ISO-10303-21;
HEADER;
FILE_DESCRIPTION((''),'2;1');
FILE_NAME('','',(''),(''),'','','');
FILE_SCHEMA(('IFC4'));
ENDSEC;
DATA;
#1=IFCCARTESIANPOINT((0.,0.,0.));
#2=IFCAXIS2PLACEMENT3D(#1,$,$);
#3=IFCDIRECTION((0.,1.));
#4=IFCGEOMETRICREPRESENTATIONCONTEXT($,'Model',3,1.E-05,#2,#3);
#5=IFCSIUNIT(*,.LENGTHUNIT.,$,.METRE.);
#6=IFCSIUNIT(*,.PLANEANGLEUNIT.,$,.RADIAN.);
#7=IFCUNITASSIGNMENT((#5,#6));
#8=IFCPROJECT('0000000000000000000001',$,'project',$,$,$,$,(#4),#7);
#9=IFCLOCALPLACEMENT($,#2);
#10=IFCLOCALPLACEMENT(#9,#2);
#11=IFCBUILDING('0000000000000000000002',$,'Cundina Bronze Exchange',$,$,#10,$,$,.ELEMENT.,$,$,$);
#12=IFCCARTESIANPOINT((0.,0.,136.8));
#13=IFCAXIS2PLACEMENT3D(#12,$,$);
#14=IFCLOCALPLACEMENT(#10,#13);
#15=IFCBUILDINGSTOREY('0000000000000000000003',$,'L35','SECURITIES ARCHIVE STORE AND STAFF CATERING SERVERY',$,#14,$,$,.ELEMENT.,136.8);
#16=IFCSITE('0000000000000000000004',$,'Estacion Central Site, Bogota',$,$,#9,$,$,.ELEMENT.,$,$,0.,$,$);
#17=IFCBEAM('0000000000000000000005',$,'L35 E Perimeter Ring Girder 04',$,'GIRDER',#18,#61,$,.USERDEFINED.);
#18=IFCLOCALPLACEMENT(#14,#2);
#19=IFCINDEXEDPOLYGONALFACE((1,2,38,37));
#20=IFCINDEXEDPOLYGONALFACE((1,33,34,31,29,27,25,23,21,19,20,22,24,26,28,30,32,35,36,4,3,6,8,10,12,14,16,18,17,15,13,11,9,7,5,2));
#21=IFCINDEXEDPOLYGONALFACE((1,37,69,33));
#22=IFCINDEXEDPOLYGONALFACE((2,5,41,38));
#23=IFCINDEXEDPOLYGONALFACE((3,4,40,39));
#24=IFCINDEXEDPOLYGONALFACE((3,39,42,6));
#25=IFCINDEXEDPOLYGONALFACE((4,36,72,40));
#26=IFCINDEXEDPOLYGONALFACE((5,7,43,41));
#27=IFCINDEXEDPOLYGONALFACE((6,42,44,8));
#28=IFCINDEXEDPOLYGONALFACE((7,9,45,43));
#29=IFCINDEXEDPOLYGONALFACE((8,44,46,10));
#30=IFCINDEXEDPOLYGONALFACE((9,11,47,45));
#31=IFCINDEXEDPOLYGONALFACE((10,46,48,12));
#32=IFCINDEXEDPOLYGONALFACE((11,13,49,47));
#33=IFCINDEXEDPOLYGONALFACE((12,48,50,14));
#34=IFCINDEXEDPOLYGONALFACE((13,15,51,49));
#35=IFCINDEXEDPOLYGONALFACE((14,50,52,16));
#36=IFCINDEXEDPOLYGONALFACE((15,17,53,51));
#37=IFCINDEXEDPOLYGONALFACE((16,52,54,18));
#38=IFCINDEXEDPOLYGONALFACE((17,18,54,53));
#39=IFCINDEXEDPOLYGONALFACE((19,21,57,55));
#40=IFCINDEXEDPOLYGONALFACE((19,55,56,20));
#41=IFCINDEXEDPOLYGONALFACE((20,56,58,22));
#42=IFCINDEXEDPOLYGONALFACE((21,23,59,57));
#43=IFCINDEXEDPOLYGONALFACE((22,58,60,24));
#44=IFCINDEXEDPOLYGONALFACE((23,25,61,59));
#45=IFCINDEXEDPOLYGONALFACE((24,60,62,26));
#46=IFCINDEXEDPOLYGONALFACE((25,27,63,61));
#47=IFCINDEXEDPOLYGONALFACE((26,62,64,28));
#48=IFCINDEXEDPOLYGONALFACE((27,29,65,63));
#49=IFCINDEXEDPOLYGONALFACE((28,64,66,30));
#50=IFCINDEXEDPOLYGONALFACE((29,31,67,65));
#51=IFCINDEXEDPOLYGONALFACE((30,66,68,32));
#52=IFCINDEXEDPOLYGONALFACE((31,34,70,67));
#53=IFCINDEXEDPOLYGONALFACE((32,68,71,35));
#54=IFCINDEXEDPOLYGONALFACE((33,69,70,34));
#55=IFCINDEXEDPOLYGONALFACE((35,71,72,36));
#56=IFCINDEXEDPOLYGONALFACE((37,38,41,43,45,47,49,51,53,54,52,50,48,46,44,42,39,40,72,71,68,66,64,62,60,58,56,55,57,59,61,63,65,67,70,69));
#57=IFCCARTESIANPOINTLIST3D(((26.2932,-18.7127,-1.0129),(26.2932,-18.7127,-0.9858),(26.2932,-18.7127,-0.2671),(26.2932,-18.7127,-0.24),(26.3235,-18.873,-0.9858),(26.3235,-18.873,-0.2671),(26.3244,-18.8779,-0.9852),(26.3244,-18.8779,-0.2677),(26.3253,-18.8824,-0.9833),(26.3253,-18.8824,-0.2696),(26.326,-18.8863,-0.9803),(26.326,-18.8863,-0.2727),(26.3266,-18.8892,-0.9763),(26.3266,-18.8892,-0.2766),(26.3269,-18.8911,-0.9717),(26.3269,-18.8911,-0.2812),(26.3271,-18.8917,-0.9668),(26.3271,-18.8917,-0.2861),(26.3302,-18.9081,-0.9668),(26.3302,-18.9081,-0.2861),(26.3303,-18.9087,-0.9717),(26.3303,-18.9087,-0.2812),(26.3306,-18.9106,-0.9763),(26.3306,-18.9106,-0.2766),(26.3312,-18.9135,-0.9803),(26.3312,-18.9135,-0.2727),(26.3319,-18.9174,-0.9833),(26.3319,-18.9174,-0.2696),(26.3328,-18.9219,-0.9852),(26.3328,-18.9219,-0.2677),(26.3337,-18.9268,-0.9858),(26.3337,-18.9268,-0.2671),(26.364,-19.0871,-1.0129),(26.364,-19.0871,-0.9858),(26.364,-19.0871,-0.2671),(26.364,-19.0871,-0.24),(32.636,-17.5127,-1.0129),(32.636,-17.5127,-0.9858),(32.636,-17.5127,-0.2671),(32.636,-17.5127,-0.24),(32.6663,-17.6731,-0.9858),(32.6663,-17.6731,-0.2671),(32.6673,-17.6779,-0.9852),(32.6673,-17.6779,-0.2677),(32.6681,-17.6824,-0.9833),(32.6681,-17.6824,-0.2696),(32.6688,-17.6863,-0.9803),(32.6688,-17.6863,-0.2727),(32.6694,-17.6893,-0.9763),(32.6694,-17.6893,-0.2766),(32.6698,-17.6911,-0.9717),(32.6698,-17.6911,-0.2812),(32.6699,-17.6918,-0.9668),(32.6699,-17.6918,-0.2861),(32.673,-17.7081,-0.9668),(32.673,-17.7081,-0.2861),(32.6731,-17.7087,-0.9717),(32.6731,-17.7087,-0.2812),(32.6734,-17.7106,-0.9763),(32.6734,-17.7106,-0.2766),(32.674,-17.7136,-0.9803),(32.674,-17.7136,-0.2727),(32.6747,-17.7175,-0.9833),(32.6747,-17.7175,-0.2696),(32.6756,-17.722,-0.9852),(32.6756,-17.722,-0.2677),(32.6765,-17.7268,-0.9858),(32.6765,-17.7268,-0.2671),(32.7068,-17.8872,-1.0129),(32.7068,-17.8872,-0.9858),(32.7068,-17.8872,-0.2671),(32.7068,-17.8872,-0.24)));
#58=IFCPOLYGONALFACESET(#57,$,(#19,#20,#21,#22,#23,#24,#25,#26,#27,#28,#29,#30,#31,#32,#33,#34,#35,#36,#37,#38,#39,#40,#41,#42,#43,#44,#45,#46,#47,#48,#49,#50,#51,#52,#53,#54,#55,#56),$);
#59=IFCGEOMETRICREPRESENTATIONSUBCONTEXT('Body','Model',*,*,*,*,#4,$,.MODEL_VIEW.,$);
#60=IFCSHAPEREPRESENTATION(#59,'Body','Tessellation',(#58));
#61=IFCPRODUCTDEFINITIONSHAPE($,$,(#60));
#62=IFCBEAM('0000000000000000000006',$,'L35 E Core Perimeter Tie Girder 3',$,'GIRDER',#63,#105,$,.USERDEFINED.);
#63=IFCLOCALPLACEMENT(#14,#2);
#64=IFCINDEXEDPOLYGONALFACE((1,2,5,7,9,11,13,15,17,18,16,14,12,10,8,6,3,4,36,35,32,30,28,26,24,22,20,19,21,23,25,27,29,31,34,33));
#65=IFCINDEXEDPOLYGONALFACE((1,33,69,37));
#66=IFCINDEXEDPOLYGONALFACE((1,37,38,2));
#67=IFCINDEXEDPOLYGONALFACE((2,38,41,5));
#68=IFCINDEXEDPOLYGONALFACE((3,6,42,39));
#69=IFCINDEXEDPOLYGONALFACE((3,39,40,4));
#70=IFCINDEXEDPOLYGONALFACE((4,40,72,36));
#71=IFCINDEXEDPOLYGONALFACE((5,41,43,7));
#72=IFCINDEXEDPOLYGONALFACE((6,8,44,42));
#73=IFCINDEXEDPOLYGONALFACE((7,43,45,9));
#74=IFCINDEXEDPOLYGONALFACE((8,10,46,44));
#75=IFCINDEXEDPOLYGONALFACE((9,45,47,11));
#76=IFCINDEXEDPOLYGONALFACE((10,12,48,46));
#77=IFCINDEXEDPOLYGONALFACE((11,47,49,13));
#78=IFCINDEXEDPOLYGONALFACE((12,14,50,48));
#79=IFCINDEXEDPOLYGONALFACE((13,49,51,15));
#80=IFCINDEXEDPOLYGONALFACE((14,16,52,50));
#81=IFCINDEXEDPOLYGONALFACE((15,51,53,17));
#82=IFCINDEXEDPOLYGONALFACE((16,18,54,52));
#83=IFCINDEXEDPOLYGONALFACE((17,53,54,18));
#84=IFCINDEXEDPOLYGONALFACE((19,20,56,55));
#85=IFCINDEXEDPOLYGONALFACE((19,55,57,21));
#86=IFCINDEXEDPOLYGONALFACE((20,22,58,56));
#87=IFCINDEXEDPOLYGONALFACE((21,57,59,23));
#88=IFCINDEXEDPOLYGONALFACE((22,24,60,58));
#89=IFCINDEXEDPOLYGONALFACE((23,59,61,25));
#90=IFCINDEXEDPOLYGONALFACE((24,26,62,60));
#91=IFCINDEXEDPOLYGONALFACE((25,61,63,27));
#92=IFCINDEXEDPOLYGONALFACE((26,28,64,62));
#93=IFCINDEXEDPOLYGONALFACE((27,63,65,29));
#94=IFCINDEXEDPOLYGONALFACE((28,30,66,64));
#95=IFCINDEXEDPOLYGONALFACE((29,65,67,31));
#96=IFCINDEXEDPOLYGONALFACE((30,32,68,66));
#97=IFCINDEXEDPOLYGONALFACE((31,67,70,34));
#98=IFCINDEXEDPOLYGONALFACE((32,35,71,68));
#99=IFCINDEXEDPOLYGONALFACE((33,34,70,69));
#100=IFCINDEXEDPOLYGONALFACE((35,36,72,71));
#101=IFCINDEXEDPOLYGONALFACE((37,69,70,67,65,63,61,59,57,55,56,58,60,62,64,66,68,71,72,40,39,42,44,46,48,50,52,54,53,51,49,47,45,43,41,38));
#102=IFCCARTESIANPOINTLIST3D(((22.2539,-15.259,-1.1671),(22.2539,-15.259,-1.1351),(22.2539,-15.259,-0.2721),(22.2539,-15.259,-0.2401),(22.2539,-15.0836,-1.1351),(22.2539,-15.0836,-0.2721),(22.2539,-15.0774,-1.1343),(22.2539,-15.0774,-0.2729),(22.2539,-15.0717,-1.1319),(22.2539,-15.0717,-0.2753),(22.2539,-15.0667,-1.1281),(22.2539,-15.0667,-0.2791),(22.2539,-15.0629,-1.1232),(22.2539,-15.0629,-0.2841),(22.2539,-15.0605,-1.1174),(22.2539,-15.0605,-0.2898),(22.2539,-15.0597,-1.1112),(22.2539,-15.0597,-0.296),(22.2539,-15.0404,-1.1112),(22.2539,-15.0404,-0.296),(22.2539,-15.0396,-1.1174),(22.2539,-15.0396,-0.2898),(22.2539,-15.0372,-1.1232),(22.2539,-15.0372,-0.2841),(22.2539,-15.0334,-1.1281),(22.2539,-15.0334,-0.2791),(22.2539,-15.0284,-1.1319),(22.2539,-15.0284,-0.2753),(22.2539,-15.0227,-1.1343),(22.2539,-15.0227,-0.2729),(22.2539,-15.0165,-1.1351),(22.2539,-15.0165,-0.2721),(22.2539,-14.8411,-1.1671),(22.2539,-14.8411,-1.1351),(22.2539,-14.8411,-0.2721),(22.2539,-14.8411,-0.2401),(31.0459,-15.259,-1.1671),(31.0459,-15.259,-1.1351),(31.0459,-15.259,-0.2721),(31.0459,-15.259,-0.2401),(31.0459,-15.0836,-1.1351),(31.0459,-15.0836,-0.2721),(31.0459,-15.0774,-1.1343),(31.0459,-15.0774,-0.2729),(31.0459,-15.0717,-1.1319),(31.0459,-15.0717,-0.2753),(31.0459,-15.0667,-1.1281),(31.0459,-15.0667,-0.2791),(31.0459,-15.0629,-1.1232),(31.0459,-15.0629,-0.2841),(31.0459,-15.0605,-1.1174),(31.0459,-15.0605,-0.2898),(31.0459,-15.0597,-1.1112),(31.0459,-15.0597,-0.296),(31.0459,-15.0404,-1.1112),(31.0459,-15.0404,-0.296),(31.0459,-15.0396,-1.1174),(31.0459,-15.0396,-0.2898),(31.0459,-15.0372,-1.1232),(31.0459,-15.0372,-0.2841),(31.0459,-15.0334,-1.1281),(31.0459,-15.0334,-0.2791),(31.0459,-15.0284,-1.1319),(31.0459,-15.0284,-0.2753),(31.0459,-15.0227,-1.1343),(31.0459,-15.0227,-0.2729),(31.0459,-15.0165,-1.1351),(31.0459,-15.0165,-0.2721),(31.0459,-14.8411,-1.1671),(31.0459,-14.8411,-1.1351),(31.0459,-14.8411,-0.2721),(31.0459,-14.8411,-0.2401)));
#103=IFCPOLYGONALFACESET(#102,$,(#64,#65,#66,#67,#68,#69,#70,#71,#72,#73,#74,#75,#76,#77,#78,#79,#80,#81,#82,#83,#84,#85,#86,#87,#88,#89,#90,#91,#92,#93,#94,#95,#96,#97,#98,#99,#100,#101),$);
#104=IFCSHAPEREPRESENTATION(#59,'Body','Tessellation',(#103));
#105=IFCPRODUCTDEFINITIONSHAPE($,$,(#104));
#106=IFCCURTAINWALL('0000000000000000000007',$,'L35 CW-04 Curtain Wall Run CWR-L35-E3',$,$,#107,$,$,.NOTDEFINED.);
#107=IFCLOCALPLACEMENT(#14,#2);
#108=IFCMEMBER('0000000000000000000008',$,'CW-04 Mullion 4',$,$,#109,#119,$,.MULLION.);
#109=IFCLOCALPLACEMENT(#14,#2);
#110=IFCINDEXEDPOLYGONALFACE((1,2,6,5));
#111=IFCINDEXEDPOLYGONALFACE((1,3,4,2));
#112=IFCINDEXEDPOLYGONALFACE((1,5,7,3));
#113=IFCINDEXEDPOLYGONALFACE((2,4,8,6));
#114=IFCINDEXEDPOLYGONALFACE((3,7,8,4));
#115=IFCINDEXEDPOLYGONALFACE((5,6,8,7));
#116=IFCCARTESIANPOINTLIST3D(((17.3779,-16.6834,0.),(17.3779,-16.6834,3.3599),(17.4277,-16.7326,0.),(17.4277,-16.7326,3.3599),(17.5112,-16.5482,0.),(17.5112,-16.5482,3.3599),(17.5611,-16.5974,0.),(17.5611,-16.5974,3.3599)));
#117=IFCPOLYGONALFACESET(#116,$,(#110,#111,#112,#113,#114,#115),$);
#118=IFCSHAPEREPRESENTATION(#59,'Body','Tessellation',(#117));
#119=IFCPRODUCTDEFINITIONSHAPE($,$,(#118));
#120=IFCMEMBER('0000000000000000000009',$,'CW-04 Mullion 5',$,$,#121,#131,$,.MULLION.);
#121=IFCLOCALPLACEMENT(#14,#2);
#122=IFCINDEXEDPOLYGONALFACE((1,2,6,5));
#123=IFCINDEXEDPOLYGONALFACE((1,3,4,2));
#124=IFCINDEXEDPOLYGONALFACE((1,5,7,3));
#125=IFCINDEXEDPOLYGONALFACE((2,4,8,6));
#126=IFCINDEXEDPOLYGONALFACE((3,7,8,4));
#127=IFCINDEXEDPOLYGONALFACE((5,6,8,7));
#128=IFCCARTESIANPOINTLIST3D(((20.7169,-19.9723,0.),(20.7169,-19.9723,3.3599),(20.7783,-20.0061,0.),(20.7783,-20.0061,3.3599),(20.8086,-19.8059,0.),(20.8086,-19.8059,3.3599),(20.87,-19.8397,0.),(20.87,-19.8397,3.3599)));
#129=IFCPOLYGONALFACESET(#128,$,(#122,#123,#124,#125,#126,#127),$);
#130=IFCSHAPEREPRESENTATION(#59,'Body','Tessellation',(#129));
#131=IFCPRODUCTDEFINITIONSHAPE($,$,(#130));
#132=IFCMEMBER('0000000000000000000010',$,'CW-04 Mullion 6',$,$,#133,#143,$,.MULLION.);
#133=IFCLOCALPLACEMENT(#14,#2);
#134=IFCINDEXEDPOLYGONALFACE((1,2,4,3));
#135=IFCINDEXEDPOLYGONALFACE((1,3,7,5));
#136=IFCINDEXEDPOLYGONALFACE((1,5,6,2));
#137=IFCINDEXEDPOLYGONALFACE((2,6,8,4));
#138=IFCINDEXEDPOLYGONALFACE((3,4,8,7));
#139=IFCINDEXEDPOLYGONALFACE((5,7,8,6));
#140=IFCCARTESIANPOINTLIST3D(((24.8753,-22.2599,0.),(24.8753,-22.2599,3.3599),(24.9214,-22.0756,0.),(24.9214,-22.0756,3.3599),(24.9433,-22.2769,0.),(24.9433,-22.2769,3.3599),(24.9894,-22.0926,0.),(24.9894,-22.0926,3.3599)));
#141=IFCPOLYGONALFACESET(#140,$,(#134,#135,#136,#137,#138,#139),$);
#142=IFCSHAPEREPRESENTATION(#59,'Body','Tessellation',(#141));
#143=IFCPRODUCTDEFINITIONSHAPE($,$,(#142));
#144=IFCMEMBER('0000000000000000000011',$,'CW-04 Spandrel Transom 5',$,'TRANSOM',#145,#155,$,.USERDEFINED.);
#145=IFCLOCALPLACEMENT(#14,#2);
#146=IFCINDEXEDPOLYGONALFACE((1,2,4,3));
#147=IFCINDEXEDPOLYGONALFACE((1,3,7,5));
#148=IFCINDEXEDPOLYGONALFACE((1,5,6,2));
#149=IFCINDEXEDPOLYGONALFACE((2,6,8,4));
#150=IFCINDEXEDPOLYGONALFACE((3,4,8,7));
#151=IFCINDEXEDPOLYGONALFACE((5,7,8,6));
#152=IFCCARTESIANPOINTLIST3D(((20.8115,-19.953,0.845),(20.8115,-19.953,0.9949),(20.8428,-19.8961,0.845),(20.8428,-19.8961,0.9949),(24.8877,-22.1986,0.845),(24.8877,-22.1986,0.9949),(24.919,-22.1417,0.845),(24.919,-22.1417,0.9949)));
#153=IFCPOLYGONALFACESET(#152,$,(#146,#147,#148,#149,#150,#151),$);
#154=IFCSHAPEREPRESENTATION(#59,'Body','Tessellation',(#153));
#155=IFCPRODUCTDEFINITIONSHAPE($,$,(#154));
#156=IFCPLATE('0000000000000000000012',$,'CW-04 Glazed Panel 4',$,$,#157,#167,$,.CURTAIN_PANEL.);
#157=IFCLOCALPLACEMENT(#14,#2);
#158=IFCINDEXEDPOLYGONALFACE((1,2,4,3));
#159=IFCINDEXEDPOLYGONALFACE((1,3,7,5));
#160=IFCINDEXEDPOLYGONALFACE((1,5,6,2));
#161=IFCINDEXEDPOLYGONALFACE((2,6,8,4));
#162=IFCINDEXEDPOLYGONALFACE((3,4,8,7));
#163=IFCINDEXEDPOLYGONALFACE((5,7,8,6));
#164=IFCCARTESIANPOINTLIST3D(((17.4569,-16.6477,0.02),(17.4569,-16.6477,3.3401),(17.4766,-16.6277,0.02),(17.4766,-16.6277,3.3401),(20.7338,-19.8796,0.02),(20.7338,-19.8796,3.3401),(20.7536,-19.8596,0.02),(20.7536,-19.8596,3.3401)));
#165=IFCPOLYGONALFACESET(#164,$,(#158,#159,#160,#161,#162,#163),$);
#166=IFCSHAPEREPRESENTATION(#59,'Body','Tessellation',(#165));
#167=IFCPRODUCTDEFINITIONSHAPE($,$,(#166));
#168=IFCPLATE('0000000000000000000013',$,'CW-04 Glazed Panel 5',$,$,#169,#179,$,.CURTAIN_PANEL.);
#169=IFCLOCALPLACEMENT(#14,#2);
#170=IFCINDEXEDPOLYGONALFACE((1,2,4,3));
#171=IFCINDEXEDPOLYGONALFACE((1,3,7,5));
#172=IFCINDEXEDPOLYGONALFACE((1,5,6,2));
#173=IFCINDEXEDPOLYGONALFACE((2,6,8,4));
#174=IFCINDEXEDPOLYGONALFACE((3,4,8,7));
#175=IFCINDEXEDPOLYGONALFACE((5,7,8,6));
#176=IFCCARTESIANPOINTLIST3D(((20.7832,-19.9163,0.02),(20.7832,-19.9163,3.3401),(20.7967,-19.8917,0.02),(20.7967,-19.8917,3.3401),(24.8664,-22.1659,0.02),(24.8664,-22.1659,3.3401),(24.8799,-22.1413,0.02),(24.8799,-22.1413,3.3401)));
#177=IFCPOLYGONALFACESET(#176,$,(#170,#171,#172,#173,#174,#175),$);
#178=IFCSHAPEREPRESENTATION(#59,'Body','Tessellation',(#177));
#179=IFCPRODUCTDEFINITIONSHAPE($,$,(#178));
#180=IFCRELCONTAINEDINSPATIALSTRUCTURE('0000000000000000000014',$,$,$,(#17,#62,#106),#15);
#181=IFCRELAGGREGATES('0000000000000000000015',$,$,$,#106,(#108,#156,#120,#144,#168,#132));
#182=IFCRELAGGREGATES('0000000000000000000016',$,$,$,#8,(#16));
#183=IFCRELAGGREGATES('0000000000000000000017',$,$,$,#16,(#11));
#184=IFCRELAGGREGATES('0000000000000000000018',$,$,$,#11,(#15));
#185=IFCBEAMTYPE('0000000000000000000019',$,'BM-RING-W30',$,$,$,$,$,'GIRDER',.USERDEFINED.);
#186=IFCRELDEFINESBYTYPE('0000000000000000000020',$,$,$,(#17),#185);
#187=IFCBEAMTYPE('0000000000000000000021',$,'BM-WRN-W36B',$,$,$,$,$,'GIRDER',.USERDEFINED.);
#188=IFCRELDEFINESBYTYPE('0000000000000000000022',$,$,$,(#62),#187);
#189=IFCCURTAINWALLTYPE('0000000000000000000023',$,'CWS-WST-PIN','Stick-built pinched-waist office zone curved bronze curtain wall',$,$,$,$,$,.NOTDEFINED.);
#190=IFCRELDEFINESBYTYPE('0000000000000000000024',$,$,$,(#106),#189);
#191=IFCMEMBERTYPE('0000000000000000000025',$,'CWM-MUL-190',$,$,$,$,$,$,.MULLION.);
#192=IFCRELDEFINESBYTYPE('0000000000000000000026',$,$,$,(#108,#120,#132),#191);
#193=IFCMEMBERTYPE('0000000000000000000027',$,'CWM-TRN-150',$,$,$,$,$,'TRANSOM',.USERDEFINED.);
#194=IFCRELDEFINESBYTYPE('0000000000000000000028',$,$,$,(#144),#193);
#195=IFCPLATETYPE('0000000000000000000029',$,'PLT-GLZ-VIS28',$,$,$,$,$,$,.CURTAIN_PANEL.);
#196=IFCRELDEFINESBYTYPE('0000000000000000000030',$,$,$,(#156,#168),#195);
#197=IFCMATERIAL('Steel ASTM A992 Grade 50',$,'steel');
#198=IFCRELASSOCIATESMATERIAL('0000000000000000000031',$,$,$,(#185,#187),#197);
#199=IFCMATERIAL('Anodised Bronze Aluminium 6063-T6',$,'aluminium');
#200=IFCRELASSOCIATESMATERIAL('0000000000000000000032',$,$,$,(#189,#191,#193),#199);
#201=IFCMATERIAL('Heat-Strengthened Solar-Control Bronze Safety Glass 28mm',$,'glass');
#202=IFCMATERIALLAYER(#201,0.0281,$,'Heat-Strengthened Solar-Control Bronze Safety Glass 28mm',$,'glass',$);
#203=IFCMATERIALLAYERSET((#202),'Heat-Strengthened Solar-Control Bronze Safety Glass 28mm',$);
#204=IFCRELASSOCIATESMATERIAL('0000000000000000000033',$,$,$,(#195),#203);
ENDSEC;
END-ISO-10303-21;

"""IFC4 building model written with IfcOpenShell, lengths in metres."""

from ifc_helpers import new_model, si_unit, direction, frame, origin, origin_2d, place, context, subcontext, project, spatial, rectangle, i_section, extrude, material, layer, layer_set, material_profile, profile_set, type_object, element, aggregate, save


model = new_model("IFC4")

# Units and contexts
model_context = context("Model", 3, precision=1e-05, world=origin(), true_north=direction((0.0, 1.0)))
body_context = subcontext(model_context, "Body", "Model", "MODEL_VIEW")
ifc_project = project(units=[si_unit("LENGTHUNIT", "METRE"), si_unit("PLANEANGLEUNIT", "RADIAN")], contexts=[model_context])

# Site, building, storey
site_placement = place(None, origin())
site = spatial("IfcSite", under=ifc_project, at=site_placement, Name="Estacion Central Site, Bogota", CompositionType="ELEMENT", RefElevation=0.0)
building_placement = place(site_placement, origin())
building = spatial("IfcBuilding", under=site, at=building_placement, Name="Cundina Bronze Exchange", CompositionType="ELEMENT")
storey_placement = place(building_placement, frame((0.0, 0.0, 136.8)))
storey = spatial("IfcBuildingStorey", under=building, at=storey_placement, Name="L35", Description="SECURITIES ARCHIVE STORE AND STAFF CATERING SERVERY", CompositionType="ELEMENT", Elevation=136.8)

# Shared definitions
ifc_material_1 = material(Name="Steel ASTM A992 Grade 50", Category="steel")

# Beams
ifc_material_profile_1 = material_profile(ifc_material_1, i_section(OverallWidth=0.3811, OverallDepth=0.7729, WebThickness=0.0166, FlangeThickness=0.0271, FilletRadius=0.019, at=origin_2d()), Name="W30X173", Category="steel")
ifc_profile_set_1 = profile_set([ifc_material_profile_1], Name="Steel ASTM A992 Grade 50")
beam_type_1 = type_object("IfcBeamType", Name="BM-RING-W30", ElementType="GIRDER", PredefinedType="USERDEFINED", material=ifc_profile_set_1)
beam_1_placement = place(storey_placement, frame((26.3286, -18.8999, -0.6265), z_axis=(0.982571, 0.185887, 0.0), x_axis=(-0.185887, 0.982571, 0.0)))
element("IfcBeam", 1, at=beam_1_placement, inside=storey, type_object=beam_type_1, Name="L35 E Perimeter Ring Girder 04", ObjectType="GIRDER", PredefinedType="USERDEFINED", context=body_context, shape_type="SweptSolid", body=[
    extrude(i_section(OverallWidth=0.3811, OverallDepth=0.7729, WebThickness=0.0166, FlangeThickness=0.0271, FilletRadius=0.019, at=origin_2d()), origin(), (0.0, 0.0, 1.0), 6.4553),
])
ifc_material_profile_2 = material_profile(ifc_material_1, i_section(OverallWidth=0.418, OverallDepth=0.927, WebThickness=0.0193, FlangeThickness=0.032, FilletRadius=0.0239, at=origin_2d()), Name="W36X231", Category="steel")
ifc_profile_set_2 = profile_set([ifc_material_profile_2], Name="Steel ASTM A992 Grade 50")
beam_type_2 = type_object("IfcBeamType", Name="BM-WRN-W36B", ElementType="GIRDER", PredefinedType="USERDEFINED", material=ifc_profile_set_2)
beam_2_placement = place(storey_placement, frame((22.2539, -15.05, -0.7036), z_axis=(1.0, 0.0, 0.0), x_axis=(0.0, 1.0, 0.0)))
element("IfcBeam", 2, at=beam_2_placement, inside=storey, type_object=beam_type_2, Name="L35 E Core Perimeter Tie Girder 3", ObjectType="GIRDER", PredefinedType="USERDEFINED", context=body_context, shape_type="SweptSolid", body=[
    extrude(i_section(OverallWidth=0.418, OverallDepth=0.927, WebThickness=0.0193, FlangeThickness=0.032, FilletRadius=0.0239, at=origin_2d()), origin(), (0.0, 0.0, 1.0), 8.792),
])

# Curtain wall, members, plates
ifc_material_2 = material(Name="Anodised Bronze Aluminium 6063-T6", Category="aluminium")
curtain_wall_type = type_object("IfcCurtainWallType", Name="CWS-WST-PIN", Description="Stick-built pinched-waist office zone curved bronze curtain wall", PredefinedType="NOTDEFINED", material=ifc_material_2)
curtain_wall_placement = place(storey_placement, origin())
curtain_wall = element("IfcCurtainWall", 3, at=curtain_wall_placement, inside=storey, type_object=curtain_wall_type, Name="L35 CW-04 Curtain Wall Run CWR-L35-E3", PredefinedType="NOTDEFINED")
ifc_material_profile_3 = material_profile(ifc_material_2, rectangle(XDim=0.0701, YDim=0.1899, at=origin_2d()), Name="AL70X190", Category="aluminium")
ifc_profile_set_3 = profile_set([ifc_material_profile_3], Name="Anodised Bronze Aluminium 6063-T6")
member_type_1 = type_object("IfcMemberType", Name="CWM-MUL-190", PredefinedType="MULLION", material=ifc_profile_set_3)
member_1_placement = place(storey_placement, frame((17.4695, -16.6404, 0.0), z_axis=(0.0, 0.0, 1.0), x_axis=(0.712026, -0.702153, 0.0)))
member_1 = element("IfcMember", 4, at=member_1_placement, type_object=member_type_1, Name="CW-04 Mullion 4", PredefinedType="MULLION", context=body_context, shape_type="SweptSolid", body=[
    extrude(rectangle(XDim=0.0701, YDim=0.1899, at=origin_2d()), origin(), (0.0, 0.0, 1.0), 3.3599),
])
member_2_placement = place(storey_placement, frame((20.7935, -19.906, 0.0), z_axis=(0.0, 0.0, 1.0), x_axis=(0.875886, -0.482518, 0.0)))
member_2 = element("IfcMember", 5, at=member_2_placement, type_object=member_type_1, Name="CW-04 Mullion 5", PredefinedType="MULLION", context=body_context, shape_type="SweptSolid", body=[
    extrude(rectangle(XDim=0.0701, YDim=0.1899, at=origin_2d()), origin(), (0.0, 0.0, 1.0), 3.3599),
])
member_3_placement = place(storey_placement, frame((24.9324, -22.1763, 0.0), z_axis=(0.0, 0.0, 1.0), x_axis=(0.970084, -0.242769, 0.0)))
member_3 = element("IfcMember", 6, at=member_3_placement, type_object=member_type_1, Name="CW-04 Mullion 6", PredefinedType="MULLION", context=body_context, shape_type="SweptSolid", body=[
    extrude(rectangle(XDim=0.0701, YDim=0.1899, at=origin_2d()), origin(), (0.0, 0.0, 1.0), 3.3599),
])
ifc_material_profile_4 = material_profile(ifc_material_2, rectangle(XDim=0.0649, YDim=0.1499, at=origin_2d()), Name="AL65X150", Category="aluminium")
ifc_profile_set_4 = profile_set([ifc_material_profile_4], Name="Anodised Bronze Aluminium 6063-T6")
member_type_2 = type_object("IfcMemberType", Name="CWM-TRN-150", ElementType="TRANSOM", PredefinedType="USERDEFINED", material=ifc_profile_set_4)
member_4_placement = place(storey_placement, frame((20.8271, -19.9246, 0.9199), z_axis=(0.875879, -0.482531, 0.0), x_axis=(0.482531, 0.875879, 0.0)))
member_4 = element("IfcMember", 7, at=member_4_placement, type_object=member_type_2, Name="CW-04 Spandrel Transom 5", ObjectType="TRANSOM", PredefinedType="USERDEFINED", context=body_context, shape_type="SweptSolid", body=[
    extrude(rectangle(XDim=0.0649, YDim=0.1499, at=origin_2d()), origin(), (0.0, 0.0, 1.0), 4.6538),
])
ifc_material_3 = material(Name="Heat-Strengthened Solar-Control Bronze Safety Glass 28mm", Category="glass")
ifc_layer_1 = layer(ifc_material_3, 0.0281, Name="Heat-Strengthened Solar-Control Bronze Safety Glass 28mm", Category="glass")
ifc_layer_set_1 = layer_set([ifc_layer_1], Name="Heat-Strengthened Solar-Control Bronze Safety Glass 28mm")
plate_type_1 = type_object("IfcPlateType", Name="PLT-GLZ-VIS28", PredefinedType="CURTAIN_PANEL", material=ifc_layer_set_1)
plate_1_placement = place(storey_placement, frame((19.1052, -18.2537, 0.02), z_axis=(0.0, 0.0, 1.0), x_axis=(0.711989, -0.70219, 0.0)))
plate_1 = element("IfcPlate", 8, at=plate_1_placement, type_object=plate_type_1, Name="CW-04 Glazed Panel 4", PredefinedType="CURTAIN_PANEL", context=body_context, shape_type="SweptSolid", body=[
    extrude(rectangle(XDim=4.6025, YDim=0.0281, at=origin_2d()), origin(), (0.0, 0.0, 1.0), 3.3201),
])
plate_2_placement = place(storey_placement, frame((22.8315, -21.0288, 0.02), z_axis=(0.0, 0.0, 1.0), x_axis=(0.875869, -0.482549, 0.0)))
plate_2 = element("IfcPlate", 9, at=plate_2_placement, type_object=plate_type_1, Name="CW-04 Glazed Panel 5", PredefinedType="CURTAIN_PANEL", context=body_context, shape_type="SweptSolid", body=[
    extrude(rectangle(XDim=4.6619, YDim=0.0281, at=origin_2d()), origin(), (0.0, 0.0, 1.0), 3.3201),
])
aggregate(curtain_wall, [member_1, plate_1, member_2, member_4, plate_2, member_3])

save(model, "model.ifc")
